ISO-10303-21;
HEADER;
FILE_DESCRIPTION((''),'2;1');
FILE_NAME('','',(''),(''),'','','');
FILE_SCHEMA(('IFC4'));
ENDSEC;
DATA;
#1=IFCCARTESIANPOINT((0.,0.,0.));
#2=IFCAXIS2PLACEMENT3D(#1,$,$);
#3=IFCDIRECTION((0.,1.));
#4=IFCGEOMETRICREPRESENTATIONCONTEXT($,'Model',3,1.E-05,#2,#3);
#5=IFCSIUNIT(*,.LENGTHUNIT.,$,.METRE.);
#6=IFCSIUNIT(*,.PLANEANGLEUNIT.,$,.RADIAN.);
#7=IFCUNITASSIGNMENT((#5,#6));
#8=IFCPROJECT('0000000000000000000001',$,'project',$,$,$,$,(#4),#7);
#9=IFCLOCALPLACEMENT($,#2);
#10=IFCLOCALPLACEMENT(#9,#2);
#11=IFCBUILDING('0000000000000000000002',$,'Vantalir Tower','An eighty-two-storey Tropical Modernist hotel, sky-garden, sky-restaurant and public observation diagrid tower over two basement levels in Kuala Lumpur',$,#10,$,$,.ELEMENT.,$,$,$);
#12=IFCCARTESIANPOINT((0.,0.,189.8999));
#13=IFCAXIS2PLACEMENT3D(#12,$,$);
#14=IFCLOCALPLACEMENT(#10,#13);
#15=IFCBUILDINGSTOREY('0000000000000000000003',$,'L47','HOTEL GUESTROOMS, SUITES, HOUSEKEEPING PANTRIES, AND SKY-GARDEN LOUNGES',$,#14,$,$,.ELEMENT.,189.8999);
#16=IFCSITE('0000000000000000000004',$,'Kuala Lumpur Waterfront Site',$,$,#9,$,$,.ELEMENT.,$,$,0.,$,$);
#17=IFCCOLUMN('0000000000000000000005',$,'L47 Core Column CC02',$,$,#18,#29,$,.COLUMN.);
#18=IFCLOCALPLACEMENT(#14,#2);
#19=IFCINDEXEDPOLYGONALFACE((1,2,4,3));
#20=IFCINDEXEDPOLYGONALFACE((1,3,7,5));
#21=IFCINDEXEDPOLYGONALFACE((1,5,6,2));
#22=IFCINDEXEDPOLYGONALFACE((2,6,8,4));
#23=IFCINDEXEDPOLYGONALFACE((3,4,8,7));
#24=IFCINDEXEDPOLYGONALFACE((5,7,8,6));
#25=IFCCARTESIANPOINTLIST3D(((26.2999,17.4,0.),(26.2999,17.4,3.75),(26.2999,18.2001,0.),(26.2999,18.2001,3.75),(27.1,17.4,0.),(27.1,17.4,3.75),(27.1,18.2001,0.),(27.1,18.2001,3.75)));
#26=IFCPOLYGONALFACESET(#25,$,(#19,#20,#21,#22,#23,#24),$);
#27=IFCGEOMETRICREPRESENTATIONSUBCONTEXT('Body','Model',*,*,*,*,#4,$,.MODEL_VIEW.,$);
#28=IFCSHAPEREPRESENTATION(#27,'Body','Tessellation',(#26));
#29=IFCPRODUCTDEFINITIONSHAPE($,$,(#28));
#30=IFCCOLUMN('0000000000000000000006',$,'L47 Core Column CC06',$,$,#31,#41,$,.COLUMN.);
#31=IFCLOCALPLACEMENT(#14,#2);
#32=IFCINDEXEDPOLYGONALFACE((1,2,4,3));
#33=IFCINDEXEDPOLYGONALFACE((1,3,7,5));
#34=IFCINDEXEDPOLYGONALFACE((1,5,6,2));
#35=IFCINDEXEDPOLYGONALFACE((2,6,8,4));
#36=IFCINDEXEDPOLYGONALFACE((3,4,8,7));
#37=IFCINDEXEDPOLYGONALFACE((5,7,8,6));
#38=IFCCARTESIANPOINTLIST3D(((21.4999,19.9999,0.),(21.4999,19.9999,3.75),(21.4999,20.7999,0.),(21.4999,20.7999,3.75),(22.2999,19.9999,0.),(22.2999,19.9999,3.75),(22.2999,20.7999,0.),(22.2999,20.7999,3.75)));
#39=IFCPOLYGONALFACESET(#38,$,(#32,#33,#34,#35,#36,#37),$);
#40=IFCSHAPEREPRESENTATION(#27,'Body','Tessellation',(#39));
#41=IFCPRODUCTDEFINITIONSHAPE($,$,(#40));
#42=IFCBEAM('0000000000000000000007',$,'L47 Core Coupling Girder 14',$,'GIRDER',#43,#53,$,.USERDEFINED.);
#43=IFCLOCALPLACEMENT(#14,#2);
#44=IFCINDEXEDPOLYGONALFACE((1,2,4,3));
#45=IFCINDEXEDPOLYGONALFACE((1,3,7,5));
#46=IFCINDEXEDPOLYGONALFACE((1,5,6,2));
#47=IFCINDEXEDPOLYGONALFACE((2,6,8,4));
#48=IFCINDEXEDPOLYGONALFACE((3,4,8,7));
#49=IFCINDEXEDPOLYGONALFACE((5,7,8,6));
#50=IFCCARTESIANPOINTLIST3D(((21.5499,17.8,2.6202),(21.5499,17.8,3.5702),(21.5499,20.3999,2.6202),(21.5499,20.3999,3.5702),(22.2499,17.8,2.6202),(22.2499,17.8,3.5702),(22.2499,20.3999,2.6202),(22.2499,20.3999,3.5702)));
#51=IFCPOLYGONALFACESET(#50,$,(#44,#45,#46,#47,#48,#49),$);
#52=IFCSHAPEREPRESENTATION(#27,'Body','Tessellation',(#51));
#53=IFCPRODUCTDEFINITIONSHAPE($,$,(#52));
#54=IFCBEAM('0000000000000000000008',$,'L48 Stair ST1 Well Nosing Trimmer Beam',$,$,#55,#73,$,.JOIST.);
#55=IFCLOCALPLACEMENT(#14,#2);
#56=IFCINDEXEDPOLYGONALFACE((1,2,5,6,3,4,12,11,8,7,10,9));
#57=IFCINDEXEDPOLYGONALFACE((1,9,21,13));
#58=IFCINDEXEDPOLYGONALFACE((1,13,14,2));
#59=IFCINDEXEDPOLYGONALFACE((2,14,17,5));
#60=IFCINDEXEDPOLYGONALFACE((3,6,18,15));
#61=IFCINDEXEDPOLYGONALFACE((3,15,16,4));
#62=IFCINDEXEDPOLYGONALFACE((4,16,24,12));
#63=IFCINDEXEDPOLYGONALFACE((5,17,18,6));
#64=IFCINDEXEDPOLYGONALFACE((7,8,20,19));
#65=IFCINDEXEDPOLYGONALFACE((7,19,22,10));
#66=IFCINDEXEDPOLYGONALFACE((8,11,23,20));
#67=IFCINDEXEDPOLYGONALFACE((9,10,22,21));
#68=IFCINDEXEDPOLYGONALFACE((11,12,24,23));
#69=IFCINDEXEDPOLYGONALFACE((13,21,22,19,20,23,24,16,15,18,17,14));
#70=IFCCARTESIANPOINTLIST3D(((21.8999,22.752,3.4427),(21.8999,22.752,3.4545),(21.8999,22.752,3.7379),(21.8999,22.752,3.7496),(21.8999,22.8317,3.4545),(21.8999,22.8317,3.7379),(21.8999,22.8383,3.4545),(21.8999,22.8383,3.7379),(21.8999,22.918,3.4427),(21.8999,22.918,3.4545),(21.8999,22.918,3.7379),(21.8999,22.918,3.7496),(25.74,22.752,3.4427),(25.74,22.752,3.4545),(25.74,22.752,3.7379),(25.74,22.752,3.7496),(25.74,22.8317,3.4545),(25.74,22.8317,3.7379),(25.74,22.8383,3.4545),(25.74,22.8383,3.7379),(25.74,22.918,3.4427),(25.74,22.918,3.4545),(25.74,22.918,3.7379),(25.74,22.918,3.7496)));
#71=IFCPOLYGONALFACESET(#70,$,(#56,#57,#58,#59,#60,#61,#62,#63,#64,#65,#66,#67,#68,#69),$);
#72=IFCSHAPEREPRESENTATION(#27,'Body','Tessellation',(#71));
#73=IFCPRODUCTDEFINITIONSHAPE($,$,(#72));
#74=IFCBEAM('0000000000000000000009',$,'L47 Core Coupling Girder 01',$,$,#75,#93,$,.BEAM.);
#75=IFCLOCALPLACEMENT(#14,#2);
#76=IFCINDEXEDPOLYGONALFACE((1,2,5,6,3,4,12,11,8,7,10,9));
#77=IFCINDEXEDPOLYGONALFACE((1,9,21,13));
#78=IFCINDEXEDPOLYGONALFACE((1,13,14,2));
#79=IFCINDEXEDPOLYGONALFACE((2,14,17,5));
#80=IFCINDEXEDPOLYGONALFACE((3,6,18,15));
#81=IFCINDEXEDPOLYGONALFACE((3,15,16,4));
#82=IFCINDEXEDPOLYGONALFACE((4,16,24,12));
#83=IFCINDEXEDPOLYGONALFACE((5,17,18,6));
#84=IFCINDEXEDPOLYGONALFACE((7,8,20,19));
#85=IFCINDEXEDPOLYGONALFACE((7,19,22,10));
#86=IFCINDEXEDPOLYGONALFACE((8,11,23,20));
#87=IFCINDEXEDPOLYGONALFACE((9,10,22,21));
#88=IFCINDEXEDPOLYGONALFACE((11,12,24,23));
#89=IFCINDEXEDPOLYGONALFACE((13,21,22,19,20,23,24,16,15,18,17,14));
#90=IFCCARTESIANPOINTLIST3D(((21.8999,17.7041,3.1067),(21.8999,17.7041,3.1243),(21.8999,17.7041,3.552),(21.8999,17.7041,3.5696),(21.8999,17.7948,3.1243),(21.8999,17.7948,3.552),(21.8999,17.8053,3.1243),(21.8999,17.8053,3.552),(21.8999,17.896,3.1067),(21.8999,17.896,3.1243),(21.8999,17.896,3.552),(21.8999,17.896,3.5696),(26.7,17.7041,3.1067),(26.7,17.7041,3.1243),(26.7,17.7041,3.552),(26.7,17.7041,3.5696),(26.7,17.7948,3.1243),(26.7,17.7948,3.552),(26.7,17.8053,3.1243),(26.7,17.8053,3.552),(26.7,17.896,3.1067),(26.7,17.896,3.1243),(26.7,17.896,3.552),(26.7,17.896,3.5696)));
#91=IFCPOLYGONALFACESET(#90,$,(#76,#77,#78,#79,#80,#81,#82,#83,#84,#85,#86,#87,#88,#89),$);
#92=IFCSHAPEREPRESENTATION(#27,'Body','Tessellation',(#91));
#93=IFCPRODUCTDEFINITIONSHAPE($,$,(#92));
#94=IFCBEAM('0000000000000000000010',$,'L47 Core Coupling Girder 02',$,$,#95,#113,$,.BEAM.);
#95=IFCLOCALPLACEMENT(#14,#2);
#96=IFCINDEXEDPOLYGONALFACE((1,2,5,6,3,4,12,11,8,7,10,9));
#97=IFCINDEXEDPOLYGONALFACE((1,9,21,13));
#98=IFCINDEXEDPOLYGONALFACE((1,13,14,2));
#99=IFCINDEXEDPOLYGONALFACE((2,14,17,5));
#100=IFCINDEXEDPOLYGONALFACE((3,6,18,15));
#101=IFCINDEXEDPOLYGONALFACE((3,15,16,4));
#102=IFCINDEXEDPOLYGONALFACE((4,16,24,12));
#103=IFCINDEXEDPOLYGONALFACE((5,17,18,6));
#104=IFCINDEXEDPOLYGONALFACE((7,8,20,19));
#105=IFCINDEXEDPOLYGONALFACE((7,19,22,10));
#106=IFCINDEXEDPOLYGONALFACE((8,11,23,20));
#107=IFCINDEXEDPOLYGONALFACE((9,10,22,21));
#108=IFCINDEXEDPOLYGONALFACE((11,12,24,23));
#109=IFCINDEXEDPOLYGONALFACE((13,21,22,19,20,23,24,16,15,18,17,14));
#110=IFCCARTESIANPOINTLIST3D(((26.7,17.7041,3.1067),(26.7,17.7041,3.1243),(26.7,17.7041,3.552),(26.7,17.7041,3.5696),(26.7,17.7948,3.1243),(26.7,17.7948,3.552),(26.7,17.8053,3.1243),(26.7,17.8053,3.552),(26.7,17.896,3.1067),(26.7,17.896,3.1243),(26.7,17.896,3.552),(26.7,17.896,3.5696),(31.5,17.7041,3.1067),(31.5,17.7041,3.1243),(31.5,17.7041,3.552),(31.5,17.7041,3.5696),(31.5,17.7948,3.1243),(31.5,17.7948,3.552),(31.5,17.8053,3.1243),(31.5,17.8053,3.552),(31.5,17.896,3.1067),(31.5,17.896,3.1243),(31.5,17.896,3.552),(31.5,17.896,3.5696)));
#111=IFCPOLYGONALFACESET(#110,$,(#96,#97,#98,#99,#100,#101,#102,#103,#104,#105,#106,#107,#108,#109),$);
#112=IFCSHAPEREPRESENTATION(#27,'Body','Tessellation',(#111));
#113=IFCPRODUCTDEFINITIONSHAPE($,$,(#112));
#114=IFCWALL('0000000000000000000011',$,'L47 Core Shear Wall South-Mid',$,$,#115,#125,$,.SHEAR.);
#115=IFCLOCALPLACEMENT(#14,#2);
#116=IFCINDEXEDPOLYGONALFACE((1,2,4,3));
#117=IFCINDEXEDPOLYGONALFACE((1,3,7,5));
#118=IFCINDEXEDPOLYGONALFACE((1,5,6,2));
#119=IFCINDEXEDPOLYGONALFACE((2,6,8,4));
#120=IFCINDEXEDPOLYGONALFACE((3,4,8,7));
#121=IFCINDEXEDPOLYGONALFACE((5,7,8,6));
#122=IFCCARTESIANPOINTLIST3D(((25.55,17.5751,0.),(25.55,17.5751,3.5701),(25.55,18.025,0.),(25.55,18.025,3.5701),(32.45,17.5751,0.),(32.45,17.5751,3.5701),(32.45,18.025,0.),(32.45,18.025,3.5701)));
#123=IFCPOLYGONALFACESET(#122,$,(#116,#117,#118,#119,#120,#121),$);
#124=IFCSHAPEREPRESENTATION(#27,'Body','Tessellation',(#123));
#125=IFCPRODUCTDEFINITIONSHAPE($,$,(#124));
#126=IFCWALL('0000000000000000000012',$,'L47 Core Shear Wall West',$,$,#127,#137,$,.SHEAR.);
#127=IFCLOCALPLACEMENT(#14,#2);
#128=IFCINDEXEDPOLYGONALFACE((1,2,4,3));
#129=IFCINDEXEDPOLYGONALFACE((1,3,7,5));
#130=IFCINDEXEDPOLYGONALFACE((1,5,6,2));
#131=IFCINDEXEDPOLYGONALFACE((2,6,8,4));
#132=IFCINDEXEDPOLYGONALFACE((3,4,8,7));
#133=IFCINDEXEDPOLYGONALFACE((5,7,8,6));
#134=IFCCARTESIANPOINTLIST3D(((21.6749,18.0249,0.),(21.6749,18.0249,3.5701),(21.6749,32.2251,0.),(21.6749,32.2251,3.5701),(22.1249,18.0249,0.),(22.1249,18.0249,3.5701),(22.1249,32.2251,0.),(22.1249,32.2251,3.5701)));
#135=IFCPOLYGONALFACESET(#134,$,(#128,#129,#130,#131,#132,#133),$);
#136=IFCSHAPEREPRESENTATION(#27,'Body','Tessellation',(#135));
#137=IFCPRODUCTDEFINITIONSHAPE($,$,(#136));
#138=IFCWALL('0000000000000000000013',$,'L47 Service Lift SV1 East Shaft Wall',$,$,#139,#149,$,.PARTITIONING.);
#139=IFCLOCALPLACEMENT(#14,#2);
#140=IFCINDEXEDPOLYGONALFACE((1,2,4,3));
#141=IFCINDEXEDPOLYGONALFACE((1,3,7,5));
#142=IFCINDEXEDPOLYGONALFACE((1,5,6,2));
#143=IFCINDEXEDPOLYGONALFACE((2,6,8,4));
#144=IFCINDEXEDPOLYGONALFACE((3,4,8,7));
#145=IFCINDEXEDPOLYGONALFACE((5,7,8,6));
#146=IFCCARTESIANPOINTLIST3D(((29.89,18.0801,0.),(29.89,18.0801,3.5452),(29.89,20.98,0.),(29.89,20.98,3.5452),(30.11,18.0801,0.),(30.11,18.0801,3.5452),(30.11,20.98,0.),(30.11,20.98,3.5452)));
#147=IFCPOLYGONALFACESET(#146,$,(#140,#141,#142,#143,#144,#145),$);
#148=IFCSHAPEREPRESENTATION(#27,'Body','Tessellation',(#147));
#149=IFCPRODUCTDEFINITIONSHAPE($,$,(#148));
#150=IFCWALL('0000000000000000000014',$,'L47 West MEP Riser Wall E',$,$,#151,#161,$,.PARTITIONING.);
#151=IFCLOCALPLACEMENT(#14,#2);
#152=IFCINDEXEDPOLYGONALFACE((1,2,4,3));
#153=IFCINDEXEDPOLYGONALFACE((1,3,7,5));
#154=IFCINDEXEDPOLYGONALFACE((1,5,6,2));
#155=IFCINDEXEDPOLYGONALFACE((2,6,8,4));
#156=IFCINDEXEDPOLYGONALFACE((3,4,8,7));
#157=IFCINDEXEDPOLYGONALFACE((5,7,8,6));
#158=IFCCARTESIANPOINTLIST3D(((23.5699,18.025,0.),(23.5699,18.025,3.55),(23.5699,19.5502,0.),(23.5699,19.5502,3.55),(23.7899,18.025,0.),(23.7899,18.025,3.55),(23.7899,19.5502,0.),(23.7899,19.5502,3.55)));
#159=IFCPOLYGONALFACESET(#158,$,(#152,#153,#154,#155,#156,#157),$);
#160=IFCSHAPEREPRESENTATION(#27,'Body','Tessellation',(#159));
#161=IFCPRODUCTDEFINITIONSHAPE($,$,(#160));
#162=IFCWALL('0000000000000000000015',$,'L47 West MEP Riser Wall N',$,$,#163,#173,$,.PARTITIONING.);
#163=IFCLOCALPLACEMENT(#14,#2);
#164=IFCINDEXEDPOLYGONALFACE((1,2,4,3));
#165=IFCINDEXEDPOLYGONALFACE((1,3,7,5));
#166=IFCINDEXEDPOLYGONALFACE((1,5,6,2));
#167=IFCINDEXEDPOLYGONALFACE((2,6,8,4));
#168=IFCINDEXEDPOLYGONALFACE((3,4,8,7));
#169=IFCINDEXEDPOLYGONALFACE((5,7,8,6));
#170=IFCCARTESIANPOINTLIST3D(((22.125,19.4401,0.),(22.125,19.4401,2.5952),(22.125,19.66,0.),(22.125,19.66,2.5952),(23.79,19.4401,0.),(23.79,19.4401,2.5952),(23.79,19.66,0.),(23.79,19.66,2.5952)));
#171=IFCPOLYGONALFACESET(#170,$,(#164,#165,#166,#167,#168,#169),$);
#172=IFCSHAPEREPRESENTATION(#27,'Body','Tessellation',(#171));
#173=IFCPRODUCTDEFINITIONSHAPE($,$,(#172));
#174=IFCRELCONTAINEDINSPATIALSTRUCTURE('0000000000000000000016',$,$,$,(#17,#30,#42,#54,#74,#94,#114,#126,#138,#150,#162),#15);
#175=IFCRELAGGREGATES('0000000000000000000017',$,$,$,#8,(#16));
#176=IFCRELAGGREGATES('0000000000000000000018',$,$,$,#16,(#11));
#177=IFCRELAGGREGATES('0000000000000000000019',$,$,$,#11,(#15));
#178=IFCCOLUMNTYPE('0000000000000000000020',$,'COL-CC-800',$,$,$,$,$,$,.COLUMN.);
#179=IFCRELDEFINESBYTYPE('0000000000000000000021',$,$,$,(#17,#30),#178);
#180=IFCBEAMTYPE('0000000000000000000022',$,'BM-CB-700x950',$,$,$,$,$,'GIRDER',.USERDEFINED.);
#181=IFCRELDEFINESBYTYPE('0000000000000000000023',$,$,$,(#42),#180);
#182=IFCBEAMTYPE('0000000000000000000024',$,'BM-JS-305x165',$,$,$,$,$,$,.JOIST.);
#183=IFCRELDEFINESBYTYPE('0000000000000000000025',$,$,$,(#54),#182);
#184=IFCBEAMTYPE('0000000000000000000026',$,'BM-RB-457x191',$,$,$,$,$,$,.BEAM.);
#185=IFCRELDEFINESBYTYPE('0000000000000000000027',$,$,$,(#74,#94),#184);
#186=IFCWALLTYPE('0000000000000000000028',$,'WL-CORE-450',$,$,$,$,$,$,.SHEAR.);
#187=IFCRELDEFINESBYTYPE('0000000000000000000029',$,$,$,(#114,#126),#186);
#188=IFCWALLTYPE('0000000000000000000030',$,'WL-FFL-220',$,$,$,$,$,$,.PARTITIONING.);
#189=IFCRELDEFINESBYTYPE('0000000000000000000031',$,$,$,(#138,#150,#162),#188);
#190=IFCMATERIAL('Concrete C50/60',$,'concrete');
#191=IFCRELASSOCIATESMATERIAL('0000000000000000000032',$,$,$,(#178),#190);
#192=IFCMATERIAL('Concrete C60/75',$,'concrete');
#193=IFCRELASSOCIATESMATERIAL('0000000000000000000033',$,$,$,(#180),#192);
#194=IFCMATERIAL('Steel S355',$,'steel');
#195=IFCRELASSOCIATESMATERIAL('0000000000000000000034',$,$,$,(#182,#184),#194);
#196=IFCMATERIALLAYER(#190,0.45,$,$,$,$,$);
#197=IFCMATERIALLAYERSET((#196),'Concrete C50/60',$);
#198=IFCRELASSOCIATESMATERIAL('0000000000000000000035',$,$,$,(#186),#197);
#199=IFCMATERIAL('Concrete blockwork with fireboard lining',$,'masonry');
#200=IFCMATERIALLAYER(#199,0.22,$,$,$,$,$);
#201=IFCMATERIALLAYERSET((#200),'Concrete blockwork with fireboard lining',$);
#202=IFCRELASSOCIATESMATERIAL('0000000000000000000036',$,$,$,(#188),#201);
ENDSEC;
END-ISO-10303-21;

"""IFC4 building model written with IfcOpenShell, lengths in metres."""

from ifc_helpers import new_model, si_unit, direction, frame, frame_2d, origin, origin_2d, place, context, subcontext, project, spatial, rectangle, i_section, extrude, material, layer, layer_set, material_profile, profile_set, type_object, element, save


model = new_model("IFC4")

# Units and contexts
model_context = context("Model", 3, precision=1e-05, world=origin(), true_north=direction((0.0, 1.0)))
body_context = subcontext(model_context, "Body", "Model", "MODEL_VIEW")
ifc_project = project(units=[si_unit("LENGTHUNIT", "METRE"), si_unit("PLANEANGLEUNIT", "RADIAN")], contexts=[model_context])

# Site, building, storey
site_placement = place(None, origin())
site = spatial("IfcSite", under=ifc_project, at=site_placement, Name="Kuala Lumpur Waterfront Site", CompositionType="ELEMENT", RefElevation=0.0)
building_placement = place(site_placement, origin())
building = spatial("IfcBuilding", under=site, at=building_placement, Name="Vantalir Tower", Description="An eighty-two-storey Tropical Modernist hotel, sky-garden, sky-restaurant and public observation diagrid tower over two basement levels in Kuala Lumpur", CompositionType="ELEMENT")
storey_placement = place(building_placement, frame((0.0, 0.0, 189.8999)))
storey = spatial("IfcBuildingStorey", under=building, at=storey_placement, Name="L47", Description="HOTEL GUESTROOMS, SUITES, HOUSEKEEPING PANTRIES, AND SKY-GARDEN LOUNGES", CompositionType="ELEMENT", Elevation=189.8999)

# Columns
ifc_material_1 = material(Name="Concrete C50/60", Category="concrete")
ifc_material_profile_1 = material_profile(ifc_material_1, rectangle(XDim=0.8, YDim=0.8, at=origin_2d()), Name="Concrete C50/60")
ifc_profile_set_1 = profile_set([ifc_material_profile_1], Name="Concrete C50/60")
column_type = type_object("IfcColumnType", Name="COL-CC-800", PredefinedType="COLUMN", material=ifc_profile_set_1)
for number, where, z_axis, x_axis, name in (
    (1, (26.7, 17.8, 0.0), (0.0, 0.0, 1.0), (1.0, 0.0, 0.0), "L47 Core Column CC02"),
    (2, (21.8999, 20.3999, 0.0), (0.0, 0.0, 1.0), (1.0, 0.0, 0.0), "L47 Core Column CC06"),
):
    element("IfcColumn", number, at=place(storey_placement, frame(where, z_axis=z_axis, x_axis=x_axis)), inside=storey, type_object=column_type, Name=name, PredefinedType="COLUMN", context=body_context, shape_type="SweptSolid", body=[
        extrude(rectangle(XDim=0.8, YDim=0.8, at=origin_2d()), origin(), (0.0, 0.0, 1.0), 3.75),
    ])

# Beams
ifc_material_2 = material(Name="Concrete C60/75", Category="concrete")
ifc_material_profile_2 = material_profile(ifc_material_2, rectangle(XDim=0.7, YDim=0.95, at=origin_2d()), Name="Concrete C60/75")
ifc_profile_set_2 = profile_set([ifc_material_profile_2], Name="Concrete C60/75")
beam_type_1 = type_object("IfcBeamType", Name="BM-CB-700x950", ElementType="GIRDER", PredefinedType="USERDEFINED", material=ifc_profile_set_2)
beam_1_placement = place(storey_placement, frame((21.8999, 20.3999, 3.0952), z_axis=(0.0, -1.0, 0.0), x_axis=(1.0, 0.0, 0.0)))
element("IfcBeam", 3, at=beam_1_placement, inside=storey, type_object=beam_type_1, Name="L47 Core Coupling Girder 14", ObjectType="GIRDER", PredefinedType="USERDEFINED", context=body_context, shape_type="SweptSolid", body=[
    extrude(rectangle(XDim=0.7, YDim=0.95, at=origin_2d()), origin(), (0.0, 0.0, 1.0), 2.5999),
])
ifc_material_3 = material(Name="Steel S355", Category="steel")
ifc_material_profile_3 = material_profile(ifc_material_3, i_section(OverallWidth=0.166, OverallDepth=0.3069, WebThickness=0.0066, FlangeThickness=0.0117, at=origin_2d()), Name="Steel S355")
ifc_profile_set_3 = profile_set([ifc_material_profile_3], Name="Steel S355")
beam_type_2 = type_object("IfcBeamType", Name="BM-JS-305x165", PredefinedType="JOIST", material=ifc_profile_set_3)
beam_2_placement = place(storey_placement, frame((21.8999, 22.835, 3.5962), z_axis=(1.0, 0.0, 0.0), x_axis=(0.0, 1.0, 0.0)))
element("IfcBeam", 4, at=beam_2_placement, inside=storey, type_object=beam_type_2, Name="L48 Stair ST1 Well Nosing Trimmer Beam", PredefinedType="JOIST", context=body_context, shape_type="SweptSolid", body=[
    extrude(i_section(OverallWidth=0.166, OverallDepth=0.3069, WebThickness=0.0066, FlangeThickness=0.0117, at=origin_2d()), origin(), (0.0, 0.0, 1.0), 3.8401),
])
ifc_material_profile_4 = material_profile(ifc_material_3, i_section(OverallWidth=0.1919, OverallDepth=0.4629, WebThickness=0.0105, FlangeThickness=0.0176, at=origin_2d()), Name="Steel S355")
ifc_profile_set_4 = profile_set([ifc_material_profile_4], Name="Steel S355")
beam_type_3 = type_object("IfcBeamType", Name="BM-RB-457x191", PredefinedType="BEAM", material=ifc_profile_set_4)
for number, where, z_axis, x_axis, name in (
    (5, (21.8999, 17.8, 3.3381), (1.0, 0.0, 0.0), (0.0, 1.0, 0.0), "L47 Core Coupling Girder 01"),
    (6, (26.7, 17.8, 3.3381), (1.0, 0.0, 0.0), (0.0, 1.0, 0.0), "L47 Core Coupling Girder 02"),
):
    element("IfcBeam", number, at=place(storey_placement, frame(where, z_axis=z_axis, x_axis=x_axis)), inside=storey, type_object=beam_type_3, Name=name, PredefinedType="BEAM", context=body_context, shape_type="SweptSolid", body=[
        extrude(i_section(OverallWidth=0.1919, OverallDepth=0.4629, WebThickness=0.0105, FlangeThickness=0.0176, at=origin_2d()), origin(), (0.0, 0.0, 1.0), 4.8),
    ])

# Walls
ifc_layer_1 = layer(ifc_material_1, 0.45)
ifc_layer_set_1 = layer_set([ifc_layer_1], Name="Concrete C50/60")
wall_type_1 = type_object("IfcWallType", Name="WL-CORE-450", PredefinedType="SHEAR", material=ifc_layer_set_1)
wall_1_placement = place(storey_placement, frame((25.55, 17.8, 0.0), z_axis=(0.0, 0.0, 1.0), x_axis=(1.0, 0.0, 0.0)))
element("IfcWall", 7, at=wall_1_placement, inside=storey, type_object=wall_type_1, Name="L47 Core Shear Wall South-Mid", PredefinedType="SHEAR", context=body_context, shape_type="SweptSolid", body=[
    extrude(rectangle(XDim=6.8999, YDim=0.45, at=frame_2d((3.45, 0.0))), origin(), (0.0, 0.0, 1.0), 3.5701),
])
wall_2_placement = place(storey_placement, frame((21.8999, 18.0249, 0.0), z_axis=(0.0, 0.0, 1.0), x_axis=(0.0, 1.0, 0.0)))
element("IfcWall", 8, at=wall_2_placement, inside=storey, type_object=wall_type_1, Name="L47 Core Shear Wall West", PredefinedType="SHEAR", context=body_context, shape_type="SweptSolid", body=[
    extrude(rectangle(XDim=14.2002, YDim=0.45, at=frame_2d((7.1001, 0.0))), origin(), (0.0, 0.0, 1.0), 3.5701),
])
ifc_material_4 = material(Name="Concrete blockwork with fireboard lining", Category="masonry")
ifc_layer_2 = layer(ifc_material_4, 0.22)
ifc_layer_set_2 = layer_set([ifc_layer_2], Name="Concrete blockwork with fireboard lining")
wall_type_2 = type_object("IfcWallType", Name="WL-FFL-220", PredefinedType="PARTITIONING", material=ifc_layer_set_2)
wall_3_placement = place(storey_placement, frame((30.0, 18.0801, 0.0), z_axis=(0.0, 0.0, 1.0), x_axis=(0.0, 1.0, 0.0)))
element("IfcWall", 9, at=wall_3_placement, inside=storey, type_object=wall_type_2, Name="L47 Service Lift SV1 East Shaft Wall", PredefinedType="PARTITIONING", context=body_context, shape_type="SweptSolid", body=[
    extrude(rectangle(XDim=2.8999, YDim=0.22, at=frame_2d((1.45, 0.0))), origin(), (0.0, 0.0, 1.0), 3.5452),
])
wall_4_placement = place(storey_placement, frame((23.6799, 18.0249, 0.0), z_axis=(0.0, 0.0, 1.0), x_axis=(0.0, 1.0, 0.0)))
element("IfcWall", 10, at=wall_4_placement, inside=storey, type_object=wall_type_2, Name="L47 West MEP Riser Wall E", PredefinedType="PARTITIONING", context=body_context, shape_type="SweptSolid", body=[
    extrude(rectangle(XDim=1.5251, YDim=0.22, at=frame_2d((0.7627, 0.0))), origin(), (0.0, 0.0, 1.0), 3.55),
])
wall_5_placement = place(storey_placement, frame((22.125, 19.55, 0.0), z_axis=(0.0, 0.0, 1.0), x_axis=(1.0, 0.0, 0.0)))
element("IfcWall", 11, at=wall_5_placement, inside=storey, type_object=wall_type_2, Name="L47 West MEP Riser Wall N", PredefinedType="PARTITIONING", context=body_context, shape_type="SweptSolid", body=[
    extrude(rectangle(XDim=1.665, YDim=0.22, at=frame_2d((0.8325, 0.0))), origin(), (0.0, 0.0, 1.0), 2.5952),
])

save(model, "model.ifc")
